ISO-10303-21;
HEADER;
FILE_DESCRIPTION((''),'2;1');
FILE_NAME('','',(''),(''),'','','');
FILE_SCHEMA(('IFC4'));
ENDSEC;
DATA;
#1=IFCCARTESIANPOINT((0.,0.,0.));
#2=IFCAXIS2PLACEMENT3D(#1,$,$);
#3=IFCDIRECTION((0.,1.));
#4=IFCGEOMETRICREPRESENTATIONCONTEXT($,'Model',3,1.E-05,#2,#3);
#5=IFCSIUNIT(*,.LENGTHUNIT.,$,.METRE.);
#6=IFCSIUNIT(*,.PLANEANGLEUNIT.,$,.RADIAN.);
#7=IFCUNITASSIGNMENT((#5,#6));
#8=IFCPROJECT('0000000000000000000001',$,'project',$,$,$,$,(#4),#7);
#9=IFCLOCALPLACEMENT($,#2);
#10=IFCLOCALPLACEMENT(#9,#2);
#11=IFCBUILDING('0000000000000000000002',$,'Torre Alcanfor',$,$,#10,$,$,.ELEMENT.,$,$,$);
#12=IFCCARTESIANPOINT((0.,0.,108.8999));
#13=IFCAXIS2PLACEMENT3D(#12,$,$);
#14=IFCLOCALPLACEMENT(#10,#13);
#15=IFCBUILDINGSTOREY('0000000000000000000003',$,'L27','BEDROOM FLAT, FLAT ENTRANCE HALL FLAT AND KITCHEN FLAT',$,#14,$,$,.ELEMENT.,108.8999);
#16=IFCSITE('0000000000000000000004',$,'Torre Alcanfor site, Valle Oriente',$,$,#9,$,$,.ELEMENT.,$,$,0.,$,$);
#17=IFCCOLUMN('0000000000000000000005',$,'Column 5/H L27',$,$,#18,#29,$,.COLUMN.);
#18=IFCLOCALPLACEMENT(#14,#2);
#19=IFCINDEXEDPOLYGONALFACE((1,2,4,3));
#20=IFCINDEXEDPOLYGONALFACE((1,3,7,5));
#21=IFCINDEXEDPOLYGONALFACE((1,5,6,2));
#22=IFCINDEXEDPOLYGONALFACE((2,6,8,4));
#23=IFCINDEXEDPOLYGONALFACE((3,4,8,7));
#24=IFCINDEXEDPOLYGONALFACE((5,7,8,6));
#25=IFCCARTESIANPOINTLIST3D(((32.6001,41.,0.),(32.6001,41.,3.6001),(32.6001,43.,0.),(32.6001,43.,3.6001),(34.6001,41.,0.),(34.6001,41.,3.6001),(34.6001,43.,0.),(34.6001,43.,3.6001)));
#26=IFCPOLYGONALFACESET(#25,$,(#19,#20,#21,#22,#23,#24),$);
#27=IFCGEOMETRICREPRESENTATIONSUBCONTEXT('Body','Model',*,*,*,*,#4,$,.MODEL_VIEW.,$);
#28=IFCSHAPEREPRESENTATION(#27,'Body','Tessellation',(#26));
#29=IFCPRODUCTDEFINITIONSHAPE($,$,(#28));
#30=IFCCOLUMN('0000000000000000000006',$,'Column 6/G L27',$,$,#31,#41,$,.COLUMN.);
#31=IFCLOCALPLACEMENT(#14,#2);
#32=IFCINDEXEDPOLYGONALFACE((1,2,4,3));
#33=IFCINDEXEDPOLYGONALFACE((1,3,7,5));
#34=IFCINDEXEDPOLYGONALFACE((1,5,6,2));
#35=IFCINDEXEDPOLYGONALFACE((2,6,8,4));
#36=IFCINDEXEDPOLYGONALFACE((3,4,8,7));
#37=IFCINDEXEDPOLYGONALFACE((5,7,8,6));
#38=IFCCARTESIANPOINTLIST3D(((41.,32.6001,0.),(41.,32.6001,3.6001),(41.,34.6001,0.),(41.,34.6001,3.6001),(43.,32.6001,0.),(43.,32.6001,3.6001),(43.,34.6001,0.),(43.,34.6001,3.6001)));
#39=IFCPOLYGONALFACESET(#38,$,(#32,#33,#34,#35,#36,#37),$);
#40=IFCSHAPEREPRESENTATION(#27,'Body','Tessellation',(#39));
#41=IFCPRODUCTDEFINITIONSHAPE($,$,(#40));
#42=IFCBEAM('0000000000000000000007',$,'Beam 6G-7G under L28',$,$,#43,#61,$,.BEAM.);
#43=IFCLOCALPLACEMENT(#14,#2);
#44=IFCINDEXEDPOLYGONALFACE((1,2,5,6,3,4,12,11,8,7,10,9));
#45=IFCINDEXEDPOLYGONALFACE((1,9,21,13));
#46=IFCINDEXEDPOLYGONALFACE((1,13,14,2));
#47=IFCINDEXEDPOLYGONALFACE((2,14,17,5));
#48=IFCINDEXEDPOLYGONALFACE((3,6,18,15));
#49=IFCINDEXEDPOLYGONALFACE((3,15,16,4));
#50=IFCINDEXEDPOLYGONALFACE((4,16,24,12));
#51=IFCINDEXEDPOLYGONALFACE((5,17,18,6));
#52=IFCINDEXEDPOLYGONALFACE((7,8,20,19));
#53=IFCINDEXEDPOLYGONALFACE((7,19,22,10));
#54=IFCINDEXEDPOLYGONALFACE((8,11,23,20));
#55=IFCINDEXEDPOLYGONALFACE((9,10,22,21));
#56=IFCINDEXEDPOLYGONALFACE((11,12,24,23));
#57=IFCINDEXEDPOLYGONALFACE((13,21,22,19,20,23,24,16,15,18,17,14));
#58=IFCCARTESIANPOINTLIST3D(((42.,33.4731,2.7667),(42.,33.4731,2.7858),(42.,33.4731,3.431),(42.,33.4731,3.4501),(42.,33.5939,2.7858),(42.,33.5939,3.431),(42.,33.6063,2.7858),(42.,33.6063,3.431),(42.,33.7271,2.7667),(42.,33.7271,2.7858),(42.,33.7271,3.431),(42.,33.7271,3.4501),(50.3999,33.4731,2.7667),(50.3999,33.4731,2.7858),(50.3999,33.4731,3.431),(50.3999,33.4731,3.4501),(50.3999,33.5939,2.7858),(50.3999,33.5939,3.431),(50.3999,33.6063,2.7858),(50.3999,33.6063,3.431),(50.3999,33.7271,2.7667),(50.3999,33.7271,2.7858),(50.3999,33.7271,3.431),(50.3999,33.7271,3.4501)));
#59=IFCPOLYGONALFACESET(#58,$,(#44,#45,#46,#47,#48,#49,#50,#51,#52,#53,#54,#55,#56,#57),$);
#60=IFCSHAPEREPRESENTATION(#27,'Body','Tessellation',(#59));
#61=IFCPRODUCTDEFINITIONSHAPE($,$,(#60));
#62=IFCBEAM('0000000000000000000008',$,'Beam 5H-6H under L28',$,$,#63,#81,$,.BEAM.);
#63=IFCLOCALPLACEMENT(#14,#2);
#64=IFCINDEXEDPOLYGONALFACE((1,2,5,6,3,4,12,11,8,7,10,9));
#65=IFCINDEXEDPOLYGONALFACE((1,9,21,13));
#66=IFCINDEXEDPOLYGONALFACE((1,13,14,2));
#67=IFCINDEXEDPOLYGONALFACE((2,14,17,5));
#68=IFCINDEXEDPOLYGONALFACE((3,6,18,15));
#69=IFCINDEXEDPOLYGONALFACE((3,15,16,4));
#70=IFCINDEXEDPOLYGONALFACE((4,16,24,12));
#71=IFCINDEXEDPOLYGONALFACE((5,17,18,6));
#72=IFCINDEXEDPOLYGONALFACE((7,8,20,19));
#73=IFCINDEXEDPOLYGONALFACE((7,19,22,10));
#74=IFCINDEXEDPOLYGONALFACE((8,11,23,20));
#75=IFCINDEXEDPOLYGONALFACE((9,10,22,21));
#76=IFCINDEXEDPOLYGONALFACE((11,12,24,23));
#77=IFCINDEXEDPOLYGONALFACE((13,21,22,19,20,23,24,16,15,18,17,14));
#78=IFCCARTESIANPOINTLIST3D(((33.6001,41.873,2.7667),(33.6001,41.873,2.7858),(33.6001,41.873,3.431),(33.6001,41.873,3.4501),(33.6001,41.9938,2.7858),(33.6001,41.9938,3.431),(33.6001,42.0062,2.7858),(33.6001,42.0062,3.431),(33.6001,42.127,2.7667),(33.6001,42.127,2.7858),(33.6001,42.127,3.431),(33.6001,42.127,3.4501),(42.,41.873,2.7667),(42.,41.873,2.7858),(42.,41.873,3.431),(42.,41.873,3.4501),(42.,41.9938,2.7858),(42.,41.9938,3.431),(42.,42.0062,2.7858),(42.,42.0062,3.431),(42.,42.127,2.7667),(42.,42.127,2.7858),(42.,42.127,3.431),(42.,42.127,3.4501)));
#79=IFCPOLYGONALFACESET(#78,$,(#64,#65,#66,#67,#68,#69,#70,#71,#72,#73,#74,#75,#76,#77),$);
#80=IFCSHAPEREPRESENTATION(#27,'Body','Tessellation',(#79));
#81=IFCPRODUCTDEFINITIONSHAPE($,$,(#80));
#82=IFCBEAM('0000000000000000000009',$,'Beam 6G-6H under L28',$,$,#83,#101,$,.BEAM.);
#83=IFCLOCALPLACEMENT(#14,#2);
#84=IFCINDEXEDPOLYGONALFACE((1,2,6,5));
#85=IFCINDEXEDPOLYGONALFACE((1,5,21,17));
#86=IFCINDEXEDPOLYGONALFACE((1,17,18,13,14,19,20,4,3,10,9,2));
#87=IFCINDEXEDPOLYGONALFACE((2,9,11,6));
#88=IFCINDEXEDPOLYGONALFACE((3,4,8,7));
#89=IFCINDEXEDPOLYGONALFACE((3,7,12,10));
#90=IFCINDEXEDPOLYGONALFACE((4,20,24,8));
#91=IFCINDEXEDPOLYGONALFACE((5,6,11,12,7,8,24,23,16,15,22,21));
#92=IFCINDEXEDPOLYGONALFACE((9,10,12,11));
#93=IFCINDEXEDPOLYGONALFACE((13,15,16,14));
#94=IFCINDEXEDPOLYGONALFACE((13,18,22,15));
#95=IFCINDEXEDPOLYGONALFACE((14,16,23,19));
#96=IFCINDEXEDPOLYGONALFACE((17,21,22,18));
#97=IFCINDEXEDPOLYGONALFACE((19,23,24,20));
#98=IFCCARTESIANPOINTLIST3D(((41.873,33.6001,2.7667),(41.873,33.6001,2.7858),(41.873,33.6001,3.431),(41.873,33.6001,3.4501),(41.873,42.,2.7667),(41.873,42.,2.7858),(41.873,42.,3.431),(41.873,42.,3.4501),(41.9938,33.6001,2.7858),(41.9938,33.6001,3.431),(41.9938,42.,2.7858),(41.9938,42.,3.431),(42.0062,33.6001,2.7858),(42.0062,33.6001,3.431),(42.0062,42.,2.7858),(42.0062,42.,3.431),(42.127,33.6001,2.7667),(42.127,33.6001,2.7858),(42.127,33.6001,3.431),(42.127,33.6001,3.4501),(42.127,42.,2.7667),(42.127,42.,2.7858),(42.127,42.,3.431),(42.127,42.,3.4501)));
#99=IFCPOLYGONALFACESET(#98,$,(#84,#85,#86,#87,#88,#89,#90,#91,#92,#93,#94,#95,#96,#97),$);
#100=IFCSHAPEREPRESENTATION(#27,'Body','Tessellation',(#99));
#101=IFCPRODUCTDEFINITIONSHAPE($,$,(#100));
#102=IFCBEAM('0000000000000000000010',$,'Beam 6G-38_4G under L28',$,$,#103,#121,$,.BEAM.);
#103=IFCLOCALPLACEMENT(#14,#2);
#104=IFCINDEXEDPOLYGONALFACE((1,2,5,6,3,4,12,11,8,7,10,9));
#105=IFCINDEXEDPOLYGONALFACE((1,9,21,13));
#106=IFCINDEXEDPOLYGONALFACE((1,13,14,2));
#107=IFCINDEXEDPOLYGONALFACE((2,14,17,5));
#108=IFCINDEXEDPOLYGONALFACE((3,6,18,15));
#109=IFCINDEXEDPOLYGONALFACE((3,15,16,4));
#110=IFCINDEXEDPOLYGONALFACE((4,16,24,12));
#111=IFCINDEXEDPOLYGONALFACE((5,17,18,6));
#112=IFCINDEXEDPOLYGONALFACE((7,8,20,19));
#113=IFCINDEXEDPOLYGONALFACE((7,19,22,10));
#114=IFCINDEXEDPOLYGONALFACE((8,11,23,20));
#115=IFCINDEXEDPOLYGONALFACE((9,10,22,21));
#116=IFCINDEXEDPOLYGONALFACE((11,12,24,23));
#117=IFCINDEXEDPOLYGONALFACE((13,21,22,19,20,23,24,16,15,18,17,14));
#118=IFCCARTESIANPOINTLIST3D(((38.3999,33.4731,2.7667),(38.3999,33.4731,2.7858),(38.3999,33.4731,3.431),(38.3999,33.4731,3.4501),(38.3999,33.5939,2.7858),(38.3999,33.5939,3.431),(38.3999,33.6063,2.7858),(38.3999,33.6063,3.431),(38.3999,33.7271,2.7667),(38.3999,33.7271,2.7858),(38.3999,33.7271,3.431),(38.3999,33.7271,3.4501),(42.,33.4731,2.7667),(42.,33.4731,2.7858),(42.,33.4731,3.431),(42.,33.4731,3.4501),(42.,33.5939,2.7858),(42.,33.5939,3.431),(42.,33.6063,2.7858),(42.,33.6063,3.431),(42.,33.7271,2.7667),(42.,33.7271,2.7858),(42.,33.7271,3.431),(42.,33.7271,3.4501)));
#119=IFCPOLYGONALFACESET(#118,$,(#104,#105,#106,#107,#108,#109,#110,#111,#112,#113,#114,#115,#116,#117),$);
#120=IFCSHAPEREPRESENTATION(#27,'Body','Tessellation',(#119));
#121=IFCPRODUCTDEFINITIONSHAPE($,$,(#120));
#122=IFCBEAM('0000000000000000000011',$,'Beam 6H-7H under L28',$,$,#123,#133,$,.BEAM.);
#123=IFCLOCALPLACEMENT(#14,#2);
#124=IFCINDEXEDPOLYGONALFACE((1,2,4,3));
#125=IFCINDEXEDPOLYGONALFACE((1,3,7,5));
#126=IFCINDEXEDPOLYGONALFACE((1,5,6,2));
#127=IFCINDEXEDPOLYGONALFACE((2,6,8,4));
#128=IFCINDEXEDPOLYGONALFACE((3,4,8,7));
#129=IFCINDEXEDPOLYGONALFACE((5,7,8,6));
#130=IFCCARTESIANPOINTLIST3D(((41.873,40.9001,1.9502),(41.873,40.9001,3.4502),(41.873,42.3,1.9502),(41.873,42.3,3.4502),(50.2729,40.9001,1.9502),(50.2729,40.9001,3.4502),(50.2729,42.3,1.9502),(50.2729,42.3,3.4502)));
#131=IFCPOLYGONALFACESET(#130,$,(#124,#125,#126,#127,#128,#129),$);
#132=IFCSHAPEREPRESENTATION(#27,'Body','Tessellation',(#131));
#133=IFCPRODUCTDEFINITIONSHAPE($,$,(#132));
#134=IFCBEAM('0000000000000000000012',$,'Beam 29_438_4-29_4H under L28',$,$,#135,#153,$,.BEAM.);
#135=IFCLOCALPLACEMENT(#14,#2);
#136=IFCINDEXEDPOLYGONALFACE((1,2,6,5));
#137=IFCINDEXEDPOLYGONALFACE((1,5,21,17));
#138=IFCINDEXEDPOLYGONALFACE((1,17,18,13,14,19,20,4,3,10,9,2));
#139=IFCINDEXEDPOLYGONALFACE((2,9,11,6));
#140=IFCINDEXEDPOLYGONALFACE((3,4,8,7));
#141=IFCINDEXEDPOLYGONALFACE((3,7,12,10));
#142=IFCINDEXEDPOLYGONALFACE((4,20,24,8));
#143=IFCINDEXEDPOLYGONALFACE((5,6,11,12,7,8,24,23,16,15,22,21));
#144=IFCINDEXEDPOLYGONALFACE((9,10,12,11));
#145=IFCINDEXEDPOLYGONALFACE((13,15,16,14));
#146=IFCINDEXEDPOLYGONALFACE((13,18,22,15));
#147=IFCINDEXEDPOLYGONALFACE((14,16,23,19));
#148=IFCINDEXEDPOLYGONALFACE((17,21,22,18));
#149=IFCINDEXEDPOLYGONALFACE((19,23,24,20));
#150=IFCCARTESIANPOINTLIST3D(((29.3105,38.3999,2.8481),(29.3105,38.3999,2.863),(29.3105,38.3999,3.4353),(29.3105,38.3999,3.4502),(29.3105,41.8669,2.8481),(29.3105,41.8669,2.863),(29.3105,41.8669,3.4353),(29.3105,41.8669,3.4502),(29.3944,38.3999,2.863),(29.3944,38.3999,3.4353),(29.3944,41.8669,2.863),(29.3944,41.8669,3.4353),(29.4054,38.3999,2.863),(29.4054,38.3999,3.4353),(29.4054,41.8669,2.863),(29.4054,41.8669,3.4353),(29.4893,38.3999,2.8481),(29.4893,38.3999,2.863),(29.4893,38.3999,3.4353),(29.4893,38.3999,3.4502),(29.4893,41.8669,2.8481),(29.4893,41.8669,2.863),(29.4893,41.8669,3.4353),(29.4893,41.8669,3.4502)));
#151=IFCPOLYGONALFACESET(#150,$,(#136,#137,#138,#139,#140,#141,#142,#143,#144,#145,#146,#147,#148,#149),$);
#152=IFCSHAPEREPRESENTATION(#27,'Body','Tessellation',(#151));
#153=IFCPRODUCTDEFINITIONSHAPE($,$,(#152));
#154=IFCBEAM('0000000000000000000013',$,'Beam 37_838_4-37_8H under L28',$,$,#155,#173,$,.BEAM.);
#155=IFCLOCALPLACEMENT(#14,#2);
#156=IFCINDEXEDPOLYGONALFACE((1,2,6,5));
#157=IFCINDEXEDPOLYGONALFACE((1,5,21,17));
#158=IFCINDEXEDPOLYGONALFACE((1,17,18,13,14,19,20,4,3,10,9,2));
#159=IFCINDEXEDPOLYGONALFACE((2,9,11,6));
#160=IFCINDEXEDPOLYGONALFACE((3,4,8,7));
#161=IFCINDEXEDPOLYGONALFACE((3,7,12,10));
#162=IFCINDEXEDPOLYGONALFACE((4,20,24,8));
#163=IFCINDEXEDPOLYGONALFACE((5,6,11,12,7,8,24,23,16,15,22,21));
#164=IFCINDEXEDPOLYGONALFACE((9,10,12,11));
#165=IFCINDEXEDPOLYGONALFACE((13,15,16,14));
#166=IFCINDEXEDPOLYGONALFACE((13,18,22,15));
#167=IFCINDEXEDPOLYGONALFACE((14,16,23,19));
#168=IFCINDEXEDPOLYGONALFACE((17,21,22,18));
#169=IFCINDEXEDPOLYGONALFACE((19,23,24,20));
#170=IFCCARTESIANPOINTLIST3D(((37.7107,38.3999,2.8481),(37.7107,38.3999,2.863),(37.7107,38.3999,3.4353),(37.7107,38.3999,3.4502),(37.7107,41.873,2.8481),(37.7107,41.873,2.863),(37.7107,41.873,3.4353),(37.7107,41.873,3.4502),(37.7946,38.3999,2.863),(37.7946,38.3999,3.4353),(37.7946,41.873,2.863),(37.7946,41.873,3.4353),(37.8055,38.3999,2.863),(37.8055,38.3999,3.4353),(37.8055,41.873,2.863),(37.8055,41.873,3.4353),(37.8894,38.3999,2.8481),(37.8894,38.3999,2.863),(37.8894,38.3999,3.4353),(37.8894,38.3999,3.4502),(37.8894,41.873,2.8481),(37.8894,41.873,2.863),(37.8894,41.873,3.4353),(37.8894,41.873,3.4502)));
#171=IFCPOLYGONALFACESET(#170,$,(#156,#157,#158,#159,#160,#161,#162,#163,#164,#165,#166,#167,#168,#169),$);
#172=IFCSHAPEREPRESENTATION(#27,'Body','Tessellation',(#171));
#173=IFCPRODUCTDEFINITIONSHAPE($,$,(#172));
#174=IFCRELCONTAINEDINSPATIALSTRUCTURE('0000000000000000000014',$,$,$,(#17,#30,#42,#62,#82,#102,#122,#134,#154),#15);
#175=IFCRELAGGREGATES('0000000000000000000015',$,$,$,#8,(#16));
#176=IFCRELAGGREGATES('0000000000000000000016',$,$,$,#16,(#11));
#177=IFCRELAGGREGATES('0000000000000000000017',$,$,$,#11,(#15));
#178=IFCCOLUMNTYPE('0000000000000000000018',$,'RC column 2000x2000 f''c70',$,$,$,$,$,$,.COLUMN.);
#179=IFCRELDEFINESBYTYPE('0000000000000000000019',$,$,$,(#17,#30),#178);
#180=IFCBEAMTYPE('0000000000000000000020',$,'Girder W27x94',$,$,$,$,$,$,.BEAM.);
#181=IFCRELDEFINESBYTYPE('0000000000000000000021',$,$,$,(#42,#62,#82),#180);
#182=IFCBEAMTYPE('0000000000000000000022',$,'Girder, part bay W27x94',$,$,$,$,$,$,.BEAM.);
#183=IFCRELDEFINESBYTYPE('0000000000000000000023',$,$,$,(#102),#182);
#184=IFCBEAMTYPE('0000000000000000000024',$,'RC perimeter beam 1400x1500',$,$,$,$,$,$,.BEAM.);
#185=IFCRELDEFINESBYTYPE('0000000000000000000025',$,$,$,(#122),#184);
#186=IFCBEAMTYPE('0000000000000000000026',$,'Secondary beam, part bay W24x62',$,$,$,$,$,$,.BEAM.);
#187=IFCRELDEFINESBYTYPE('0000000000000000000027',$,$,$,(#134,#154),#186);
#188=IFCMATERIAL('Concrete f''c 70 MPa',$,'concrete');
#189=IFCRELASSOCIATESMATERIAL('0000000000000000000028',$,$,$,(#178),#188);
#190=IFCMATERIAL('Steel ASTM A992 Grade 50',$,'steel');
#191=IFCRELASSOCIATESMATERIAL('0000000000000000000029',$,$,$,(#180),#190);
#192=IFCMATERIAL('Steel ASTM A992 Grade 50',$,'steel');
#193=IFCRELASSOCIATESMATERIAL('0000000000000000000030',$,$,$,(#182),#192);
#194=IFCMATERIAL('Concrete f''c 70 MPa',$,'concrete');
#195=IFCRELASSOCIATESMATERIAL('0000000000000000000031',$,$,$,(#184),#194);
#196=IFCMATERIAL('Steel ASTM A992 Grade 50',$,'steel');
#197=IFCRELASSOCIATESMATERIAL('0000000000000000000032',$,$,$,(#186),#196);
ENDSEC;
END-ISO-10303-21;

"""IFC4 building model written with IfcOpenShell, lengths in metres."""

from ifc_helpers import new_model, si_unit, direction, frame, origin, origin_2d, place, context, subcontext, project, spatial, rectangle, i_section, extrude, material, material_profile, profile_set, type_object, element, save


model = new_model("IFC4")

# Units and contexts
model_context = context("Model", 3, precision=1e-05, world=origin(), true_north=direction((0.0, 1.0)))
body_context = subcontext(model_context, "Body", "Model", "MODEL_VIEW")
ifc_project = project(units=[si_unit("LENGTHUNIT", "METRE"), si_unit("PLANEANGLEUNIT", "RADIAN")], contexts=[model_context])

# Site, building, storey
site_placement = place(None, origin())
site = spatial("IfcSite", under=ifc_project, at=site_placement, Name="Torre Alcanfor site, Valle Oriente", CompositionType="ELEMENT", RefElevation=0.0)
building_placement = place(site_placement, origin())
building = spatial("IfcBuilding", under=site, at=building_placement, Name="Torre Alcanfor", CompositionType="ELEMENT")
storey_placement = place(building_placement, frame((0.0, 0.0, 108.8999)))
storey = spatial("IfcBuildingStorey", under=building, at=storey_placement, Name="L27", Description="BEDROOM FLAT, FLAT ENTRANCE HALL FLAT AND KITCHEN FLAT", CompositionType="ELEMENT", Elevation=108.8999)

# Columns
ifc_material_1 = material(Name="Concrete f'c 70 MPa", Category="concrete")
ifc_material_profile_1 = material_profile(ifc_material_1, rectangle(XDim=2.0, YDim=2.0, at=origin_2d()), Name="2000x2000")
ifc_profile_set_1 = profile_set([ifc_material_profile_1], Name="Concrete f'c 70 MPa")
column_type = type_object("IfcColumnType", Name="RC column 2000x2000 f'c70", PredefinedType="COLUMN", material=ifc_profile_set_1)
for number, where, z_axis, x_axis, name in (
    (1, (33.6001, 42.0, 0.0), (0.0, 0.0, 1.0), (1.0, 0.0, 0.0), "Column 5/H L27"),
    (2, (42.0, 33.6001, 0.0), (0.0, 0.0, 1.0), (1.0, 0.0, 0.0), "Column 6/G L27"),
):
    element("IfcColumn", number, at=place(storey_placement, frame(where, z_axis=z_axis, x_axis=x_axis)), inside=storey, type_object=column_type, Name=name, PredefinedType="COLUMN", context=body_context, shape_type="SweptSolid", body=[
        extrude(rectangle(XDim=2.0, YDim=2.0, at=origin_2d()), origin(), (0.0, 0.0, 1.0), 3.6001),
    ])

# Beams
ifc_material_2 = material(Name="Steel ASTM A992 Grade 50", Category="steel")
ifc_material_profile_2 = material_profile(ifc_material_2, i_section(OverallWidth=0.2539, OverallDepth=0.6833, WebThickness=0.0125, FlangeThickness=0.019, at=origin_2d()), Name="W27x94")
ifc_profile_set_2 = profile_set([ifc_material_profile_2], Name="Steel ASTM A992 Grade 50")
beam_type_1 = type_object("IfcBeamType", Name="Girder W27x94", PredefinedType="BEAM", material=ifc_profile_set_2)
for number, where, z_axis, x_axis, name in (
    (3, (42.0, 33.6001, 3.1084), (1.0, 0.0, 0.0), (0.0, 1.0, 0.0), "Beam 6G-7G under L28"),
    (4, (33.6001, 42.0, 3.1084), (1.0, 0.0, 0.0), (0.0, 1.0, 0.0), "Beam 5H-6H under L28"),
    (5, (42.0, 33.6001, 3.1084), (0.0, 1.0, 0.0), (-1.0, 0.0, 0.0), "Beam 6G-6H under L28"),
):
    element("IfcBeam", number, at=place(storey_placement, frame(where, z_axis=z_axis, x_axis=x_axis)), inside=storey, type_object=beam_type_1, Name=name, PredefinedType="BEAM", context=body_context, shape_type="SweptSolid", body=[
        extrude(i_section(OverallWidth=0.2539, OverallDepth=0.6833, WebThickness=0.0125, FlangeThickness=0.019, at=origin_2d()), origin(), (0.0, 0.0, 1.0), 8.3999),
    ])
ifc_material_3 = material(Name="Steel ASTM A992 Grade 50", Category="steel")
ifc_material_profile_3 = material_profile(ifc_material_3, i_section(OverallWidth=0.2539, OverallDepth=0.6833, WebThickness=0.0125, FlangeThickness=0.019, at=origin_2d()), Name="W27x94")
ifc_profile_set_3 = profile_set([ifc_material_profile_3], Name="Steel ASTM A992 Grade 50")
beam_type_2 = type_object("IfcBeamType", Name="Girder, part bay W27x94", PredefinedType="BEAM", material=ifc_profile_set_3)
beam_1_placement = place(storey_placement, frame((42.0, 33.6001, 3.1084), z_axis=(-1.0, 0.0, 0.0), x_axis=(0.0, -1.0, 0.0)))
element("IfcBeam", 6, at=beam_1_placement, inside=storey, type_object=beam_type_2, Name="Beam 6G-38_4G under L28", PredefinedType="BEAM", context=body_context, shape_type="SweptSolid", body=[
    extrude(i_section(OverallWidth=0.2539, OverallDepth=0.6833, WebThickness=0.0125, FlangeThickness=0.019, at=origin_2d()), origin(), (0.0, 0.0, 1.0), 3.6001),
])
ifc_material_4 = material(Name="Concrete f'c 70 MPa", Category="concrete")
ifc_material_profile_4 = material_profile(ifc_material_4, rectangle(XDim=1.3999, YDim=1.5, at=origin_2d()), Name="1400x1500")
ifc_profile_set_4 = profile_set([ifc_material_profile_4], Name="Concrete f'c 70 MPa")
beam_type_3 = type_object("IfcBeamType", Name="RC perimeter beam 1400x1500", PredefinedType="BEAM", material=ifc_profile_set_4)
beam_2_placement = place(storey_placement, frame((41.873, 41.6001, 2.7002), z_axis=(1.0, 0.0, 0.0), x_axis=(0.0, 1.0, 0.0)))
element("IfcBeam", 7, at=beam_2_placement, inside=storey, type_object=beam_type_3, Name="Beam 6H-7H under L28", PredefinedType="BEAM", context=body_context, shape_type="SweptSolid", body=[
    extrude(rectangle(XDim=1.3999, YDim=1.5, at=origin_2d()), origin(), (0.0, 0.0, 1.0), 8.3999),
])
ifc_material_5 = material(Name="Steel ASTM A992 Grade 50", Category="steel")
ifc_material_profile_5 = material_profile(ifc_material_5, i_section(OverallWidth=0.1787, OverallDepth=0.6021, WebThickness=0.011, FlangeThickness=0.0149, at=origin_2d()), Name="W24x62")
ifc_profile_set_5 = profile_set([ifc_material_profile_5], Name="Steel ASTM A992 Grade 50")
beam_type_4 = type_object("IfcBeamType", Name="Secondary beam, part bay W24x62", PredefinedType="BEAM", material=ifc_profile_set_5)
beam_3_placement = place(storey_placement, frame((29.3999, 38.3999, 3.1492), z_axis=(0.0, 1.0, 0.0), x_axis=(-1.0, 0.0, 0.0)))
element("IfcBeam", 8, at=beam_3_placement, inside=storey, type_object=beam_type_4, Name="Beam 29_438_4-29_4H under L28", PredefinedType="BEAM", context=body_context, shape_type="SweptSolid", body=[
    extrude(i_section(OverallWidth=0.1787, OverallDepth=0.6021, WebThickness=0.011, FlangeThickness=0.0149, at=origin_2d()), origin(), (0.0, 0.0, 1.0), 3.467),
])
beam_4_placement = place(storey_placement, frame((37.8, 38.3999, 3.1492), z_axis=(0.0, 1.0, 0.0), x_axis=(-1.0, 0.0, 0.0)))
element("IfcBeam", 9, at=beam_4_placement, inside=storey, type_object=beam_type_4, Name="Beam 37_838_4-37_8H under L28", PredefinedType="BEAM", context=body_context, shape_type="SweptSolid", body=[
    extrude(i_section(OverallWidth=0.1787, OverallDepth=0.6021, WebThickness=0.011, FlangeThickness=0.0149, at=origin_2d()), origin(), (0.0, 0.0, 1.0), 3.4731),
])

save(model, "model.ifc")
